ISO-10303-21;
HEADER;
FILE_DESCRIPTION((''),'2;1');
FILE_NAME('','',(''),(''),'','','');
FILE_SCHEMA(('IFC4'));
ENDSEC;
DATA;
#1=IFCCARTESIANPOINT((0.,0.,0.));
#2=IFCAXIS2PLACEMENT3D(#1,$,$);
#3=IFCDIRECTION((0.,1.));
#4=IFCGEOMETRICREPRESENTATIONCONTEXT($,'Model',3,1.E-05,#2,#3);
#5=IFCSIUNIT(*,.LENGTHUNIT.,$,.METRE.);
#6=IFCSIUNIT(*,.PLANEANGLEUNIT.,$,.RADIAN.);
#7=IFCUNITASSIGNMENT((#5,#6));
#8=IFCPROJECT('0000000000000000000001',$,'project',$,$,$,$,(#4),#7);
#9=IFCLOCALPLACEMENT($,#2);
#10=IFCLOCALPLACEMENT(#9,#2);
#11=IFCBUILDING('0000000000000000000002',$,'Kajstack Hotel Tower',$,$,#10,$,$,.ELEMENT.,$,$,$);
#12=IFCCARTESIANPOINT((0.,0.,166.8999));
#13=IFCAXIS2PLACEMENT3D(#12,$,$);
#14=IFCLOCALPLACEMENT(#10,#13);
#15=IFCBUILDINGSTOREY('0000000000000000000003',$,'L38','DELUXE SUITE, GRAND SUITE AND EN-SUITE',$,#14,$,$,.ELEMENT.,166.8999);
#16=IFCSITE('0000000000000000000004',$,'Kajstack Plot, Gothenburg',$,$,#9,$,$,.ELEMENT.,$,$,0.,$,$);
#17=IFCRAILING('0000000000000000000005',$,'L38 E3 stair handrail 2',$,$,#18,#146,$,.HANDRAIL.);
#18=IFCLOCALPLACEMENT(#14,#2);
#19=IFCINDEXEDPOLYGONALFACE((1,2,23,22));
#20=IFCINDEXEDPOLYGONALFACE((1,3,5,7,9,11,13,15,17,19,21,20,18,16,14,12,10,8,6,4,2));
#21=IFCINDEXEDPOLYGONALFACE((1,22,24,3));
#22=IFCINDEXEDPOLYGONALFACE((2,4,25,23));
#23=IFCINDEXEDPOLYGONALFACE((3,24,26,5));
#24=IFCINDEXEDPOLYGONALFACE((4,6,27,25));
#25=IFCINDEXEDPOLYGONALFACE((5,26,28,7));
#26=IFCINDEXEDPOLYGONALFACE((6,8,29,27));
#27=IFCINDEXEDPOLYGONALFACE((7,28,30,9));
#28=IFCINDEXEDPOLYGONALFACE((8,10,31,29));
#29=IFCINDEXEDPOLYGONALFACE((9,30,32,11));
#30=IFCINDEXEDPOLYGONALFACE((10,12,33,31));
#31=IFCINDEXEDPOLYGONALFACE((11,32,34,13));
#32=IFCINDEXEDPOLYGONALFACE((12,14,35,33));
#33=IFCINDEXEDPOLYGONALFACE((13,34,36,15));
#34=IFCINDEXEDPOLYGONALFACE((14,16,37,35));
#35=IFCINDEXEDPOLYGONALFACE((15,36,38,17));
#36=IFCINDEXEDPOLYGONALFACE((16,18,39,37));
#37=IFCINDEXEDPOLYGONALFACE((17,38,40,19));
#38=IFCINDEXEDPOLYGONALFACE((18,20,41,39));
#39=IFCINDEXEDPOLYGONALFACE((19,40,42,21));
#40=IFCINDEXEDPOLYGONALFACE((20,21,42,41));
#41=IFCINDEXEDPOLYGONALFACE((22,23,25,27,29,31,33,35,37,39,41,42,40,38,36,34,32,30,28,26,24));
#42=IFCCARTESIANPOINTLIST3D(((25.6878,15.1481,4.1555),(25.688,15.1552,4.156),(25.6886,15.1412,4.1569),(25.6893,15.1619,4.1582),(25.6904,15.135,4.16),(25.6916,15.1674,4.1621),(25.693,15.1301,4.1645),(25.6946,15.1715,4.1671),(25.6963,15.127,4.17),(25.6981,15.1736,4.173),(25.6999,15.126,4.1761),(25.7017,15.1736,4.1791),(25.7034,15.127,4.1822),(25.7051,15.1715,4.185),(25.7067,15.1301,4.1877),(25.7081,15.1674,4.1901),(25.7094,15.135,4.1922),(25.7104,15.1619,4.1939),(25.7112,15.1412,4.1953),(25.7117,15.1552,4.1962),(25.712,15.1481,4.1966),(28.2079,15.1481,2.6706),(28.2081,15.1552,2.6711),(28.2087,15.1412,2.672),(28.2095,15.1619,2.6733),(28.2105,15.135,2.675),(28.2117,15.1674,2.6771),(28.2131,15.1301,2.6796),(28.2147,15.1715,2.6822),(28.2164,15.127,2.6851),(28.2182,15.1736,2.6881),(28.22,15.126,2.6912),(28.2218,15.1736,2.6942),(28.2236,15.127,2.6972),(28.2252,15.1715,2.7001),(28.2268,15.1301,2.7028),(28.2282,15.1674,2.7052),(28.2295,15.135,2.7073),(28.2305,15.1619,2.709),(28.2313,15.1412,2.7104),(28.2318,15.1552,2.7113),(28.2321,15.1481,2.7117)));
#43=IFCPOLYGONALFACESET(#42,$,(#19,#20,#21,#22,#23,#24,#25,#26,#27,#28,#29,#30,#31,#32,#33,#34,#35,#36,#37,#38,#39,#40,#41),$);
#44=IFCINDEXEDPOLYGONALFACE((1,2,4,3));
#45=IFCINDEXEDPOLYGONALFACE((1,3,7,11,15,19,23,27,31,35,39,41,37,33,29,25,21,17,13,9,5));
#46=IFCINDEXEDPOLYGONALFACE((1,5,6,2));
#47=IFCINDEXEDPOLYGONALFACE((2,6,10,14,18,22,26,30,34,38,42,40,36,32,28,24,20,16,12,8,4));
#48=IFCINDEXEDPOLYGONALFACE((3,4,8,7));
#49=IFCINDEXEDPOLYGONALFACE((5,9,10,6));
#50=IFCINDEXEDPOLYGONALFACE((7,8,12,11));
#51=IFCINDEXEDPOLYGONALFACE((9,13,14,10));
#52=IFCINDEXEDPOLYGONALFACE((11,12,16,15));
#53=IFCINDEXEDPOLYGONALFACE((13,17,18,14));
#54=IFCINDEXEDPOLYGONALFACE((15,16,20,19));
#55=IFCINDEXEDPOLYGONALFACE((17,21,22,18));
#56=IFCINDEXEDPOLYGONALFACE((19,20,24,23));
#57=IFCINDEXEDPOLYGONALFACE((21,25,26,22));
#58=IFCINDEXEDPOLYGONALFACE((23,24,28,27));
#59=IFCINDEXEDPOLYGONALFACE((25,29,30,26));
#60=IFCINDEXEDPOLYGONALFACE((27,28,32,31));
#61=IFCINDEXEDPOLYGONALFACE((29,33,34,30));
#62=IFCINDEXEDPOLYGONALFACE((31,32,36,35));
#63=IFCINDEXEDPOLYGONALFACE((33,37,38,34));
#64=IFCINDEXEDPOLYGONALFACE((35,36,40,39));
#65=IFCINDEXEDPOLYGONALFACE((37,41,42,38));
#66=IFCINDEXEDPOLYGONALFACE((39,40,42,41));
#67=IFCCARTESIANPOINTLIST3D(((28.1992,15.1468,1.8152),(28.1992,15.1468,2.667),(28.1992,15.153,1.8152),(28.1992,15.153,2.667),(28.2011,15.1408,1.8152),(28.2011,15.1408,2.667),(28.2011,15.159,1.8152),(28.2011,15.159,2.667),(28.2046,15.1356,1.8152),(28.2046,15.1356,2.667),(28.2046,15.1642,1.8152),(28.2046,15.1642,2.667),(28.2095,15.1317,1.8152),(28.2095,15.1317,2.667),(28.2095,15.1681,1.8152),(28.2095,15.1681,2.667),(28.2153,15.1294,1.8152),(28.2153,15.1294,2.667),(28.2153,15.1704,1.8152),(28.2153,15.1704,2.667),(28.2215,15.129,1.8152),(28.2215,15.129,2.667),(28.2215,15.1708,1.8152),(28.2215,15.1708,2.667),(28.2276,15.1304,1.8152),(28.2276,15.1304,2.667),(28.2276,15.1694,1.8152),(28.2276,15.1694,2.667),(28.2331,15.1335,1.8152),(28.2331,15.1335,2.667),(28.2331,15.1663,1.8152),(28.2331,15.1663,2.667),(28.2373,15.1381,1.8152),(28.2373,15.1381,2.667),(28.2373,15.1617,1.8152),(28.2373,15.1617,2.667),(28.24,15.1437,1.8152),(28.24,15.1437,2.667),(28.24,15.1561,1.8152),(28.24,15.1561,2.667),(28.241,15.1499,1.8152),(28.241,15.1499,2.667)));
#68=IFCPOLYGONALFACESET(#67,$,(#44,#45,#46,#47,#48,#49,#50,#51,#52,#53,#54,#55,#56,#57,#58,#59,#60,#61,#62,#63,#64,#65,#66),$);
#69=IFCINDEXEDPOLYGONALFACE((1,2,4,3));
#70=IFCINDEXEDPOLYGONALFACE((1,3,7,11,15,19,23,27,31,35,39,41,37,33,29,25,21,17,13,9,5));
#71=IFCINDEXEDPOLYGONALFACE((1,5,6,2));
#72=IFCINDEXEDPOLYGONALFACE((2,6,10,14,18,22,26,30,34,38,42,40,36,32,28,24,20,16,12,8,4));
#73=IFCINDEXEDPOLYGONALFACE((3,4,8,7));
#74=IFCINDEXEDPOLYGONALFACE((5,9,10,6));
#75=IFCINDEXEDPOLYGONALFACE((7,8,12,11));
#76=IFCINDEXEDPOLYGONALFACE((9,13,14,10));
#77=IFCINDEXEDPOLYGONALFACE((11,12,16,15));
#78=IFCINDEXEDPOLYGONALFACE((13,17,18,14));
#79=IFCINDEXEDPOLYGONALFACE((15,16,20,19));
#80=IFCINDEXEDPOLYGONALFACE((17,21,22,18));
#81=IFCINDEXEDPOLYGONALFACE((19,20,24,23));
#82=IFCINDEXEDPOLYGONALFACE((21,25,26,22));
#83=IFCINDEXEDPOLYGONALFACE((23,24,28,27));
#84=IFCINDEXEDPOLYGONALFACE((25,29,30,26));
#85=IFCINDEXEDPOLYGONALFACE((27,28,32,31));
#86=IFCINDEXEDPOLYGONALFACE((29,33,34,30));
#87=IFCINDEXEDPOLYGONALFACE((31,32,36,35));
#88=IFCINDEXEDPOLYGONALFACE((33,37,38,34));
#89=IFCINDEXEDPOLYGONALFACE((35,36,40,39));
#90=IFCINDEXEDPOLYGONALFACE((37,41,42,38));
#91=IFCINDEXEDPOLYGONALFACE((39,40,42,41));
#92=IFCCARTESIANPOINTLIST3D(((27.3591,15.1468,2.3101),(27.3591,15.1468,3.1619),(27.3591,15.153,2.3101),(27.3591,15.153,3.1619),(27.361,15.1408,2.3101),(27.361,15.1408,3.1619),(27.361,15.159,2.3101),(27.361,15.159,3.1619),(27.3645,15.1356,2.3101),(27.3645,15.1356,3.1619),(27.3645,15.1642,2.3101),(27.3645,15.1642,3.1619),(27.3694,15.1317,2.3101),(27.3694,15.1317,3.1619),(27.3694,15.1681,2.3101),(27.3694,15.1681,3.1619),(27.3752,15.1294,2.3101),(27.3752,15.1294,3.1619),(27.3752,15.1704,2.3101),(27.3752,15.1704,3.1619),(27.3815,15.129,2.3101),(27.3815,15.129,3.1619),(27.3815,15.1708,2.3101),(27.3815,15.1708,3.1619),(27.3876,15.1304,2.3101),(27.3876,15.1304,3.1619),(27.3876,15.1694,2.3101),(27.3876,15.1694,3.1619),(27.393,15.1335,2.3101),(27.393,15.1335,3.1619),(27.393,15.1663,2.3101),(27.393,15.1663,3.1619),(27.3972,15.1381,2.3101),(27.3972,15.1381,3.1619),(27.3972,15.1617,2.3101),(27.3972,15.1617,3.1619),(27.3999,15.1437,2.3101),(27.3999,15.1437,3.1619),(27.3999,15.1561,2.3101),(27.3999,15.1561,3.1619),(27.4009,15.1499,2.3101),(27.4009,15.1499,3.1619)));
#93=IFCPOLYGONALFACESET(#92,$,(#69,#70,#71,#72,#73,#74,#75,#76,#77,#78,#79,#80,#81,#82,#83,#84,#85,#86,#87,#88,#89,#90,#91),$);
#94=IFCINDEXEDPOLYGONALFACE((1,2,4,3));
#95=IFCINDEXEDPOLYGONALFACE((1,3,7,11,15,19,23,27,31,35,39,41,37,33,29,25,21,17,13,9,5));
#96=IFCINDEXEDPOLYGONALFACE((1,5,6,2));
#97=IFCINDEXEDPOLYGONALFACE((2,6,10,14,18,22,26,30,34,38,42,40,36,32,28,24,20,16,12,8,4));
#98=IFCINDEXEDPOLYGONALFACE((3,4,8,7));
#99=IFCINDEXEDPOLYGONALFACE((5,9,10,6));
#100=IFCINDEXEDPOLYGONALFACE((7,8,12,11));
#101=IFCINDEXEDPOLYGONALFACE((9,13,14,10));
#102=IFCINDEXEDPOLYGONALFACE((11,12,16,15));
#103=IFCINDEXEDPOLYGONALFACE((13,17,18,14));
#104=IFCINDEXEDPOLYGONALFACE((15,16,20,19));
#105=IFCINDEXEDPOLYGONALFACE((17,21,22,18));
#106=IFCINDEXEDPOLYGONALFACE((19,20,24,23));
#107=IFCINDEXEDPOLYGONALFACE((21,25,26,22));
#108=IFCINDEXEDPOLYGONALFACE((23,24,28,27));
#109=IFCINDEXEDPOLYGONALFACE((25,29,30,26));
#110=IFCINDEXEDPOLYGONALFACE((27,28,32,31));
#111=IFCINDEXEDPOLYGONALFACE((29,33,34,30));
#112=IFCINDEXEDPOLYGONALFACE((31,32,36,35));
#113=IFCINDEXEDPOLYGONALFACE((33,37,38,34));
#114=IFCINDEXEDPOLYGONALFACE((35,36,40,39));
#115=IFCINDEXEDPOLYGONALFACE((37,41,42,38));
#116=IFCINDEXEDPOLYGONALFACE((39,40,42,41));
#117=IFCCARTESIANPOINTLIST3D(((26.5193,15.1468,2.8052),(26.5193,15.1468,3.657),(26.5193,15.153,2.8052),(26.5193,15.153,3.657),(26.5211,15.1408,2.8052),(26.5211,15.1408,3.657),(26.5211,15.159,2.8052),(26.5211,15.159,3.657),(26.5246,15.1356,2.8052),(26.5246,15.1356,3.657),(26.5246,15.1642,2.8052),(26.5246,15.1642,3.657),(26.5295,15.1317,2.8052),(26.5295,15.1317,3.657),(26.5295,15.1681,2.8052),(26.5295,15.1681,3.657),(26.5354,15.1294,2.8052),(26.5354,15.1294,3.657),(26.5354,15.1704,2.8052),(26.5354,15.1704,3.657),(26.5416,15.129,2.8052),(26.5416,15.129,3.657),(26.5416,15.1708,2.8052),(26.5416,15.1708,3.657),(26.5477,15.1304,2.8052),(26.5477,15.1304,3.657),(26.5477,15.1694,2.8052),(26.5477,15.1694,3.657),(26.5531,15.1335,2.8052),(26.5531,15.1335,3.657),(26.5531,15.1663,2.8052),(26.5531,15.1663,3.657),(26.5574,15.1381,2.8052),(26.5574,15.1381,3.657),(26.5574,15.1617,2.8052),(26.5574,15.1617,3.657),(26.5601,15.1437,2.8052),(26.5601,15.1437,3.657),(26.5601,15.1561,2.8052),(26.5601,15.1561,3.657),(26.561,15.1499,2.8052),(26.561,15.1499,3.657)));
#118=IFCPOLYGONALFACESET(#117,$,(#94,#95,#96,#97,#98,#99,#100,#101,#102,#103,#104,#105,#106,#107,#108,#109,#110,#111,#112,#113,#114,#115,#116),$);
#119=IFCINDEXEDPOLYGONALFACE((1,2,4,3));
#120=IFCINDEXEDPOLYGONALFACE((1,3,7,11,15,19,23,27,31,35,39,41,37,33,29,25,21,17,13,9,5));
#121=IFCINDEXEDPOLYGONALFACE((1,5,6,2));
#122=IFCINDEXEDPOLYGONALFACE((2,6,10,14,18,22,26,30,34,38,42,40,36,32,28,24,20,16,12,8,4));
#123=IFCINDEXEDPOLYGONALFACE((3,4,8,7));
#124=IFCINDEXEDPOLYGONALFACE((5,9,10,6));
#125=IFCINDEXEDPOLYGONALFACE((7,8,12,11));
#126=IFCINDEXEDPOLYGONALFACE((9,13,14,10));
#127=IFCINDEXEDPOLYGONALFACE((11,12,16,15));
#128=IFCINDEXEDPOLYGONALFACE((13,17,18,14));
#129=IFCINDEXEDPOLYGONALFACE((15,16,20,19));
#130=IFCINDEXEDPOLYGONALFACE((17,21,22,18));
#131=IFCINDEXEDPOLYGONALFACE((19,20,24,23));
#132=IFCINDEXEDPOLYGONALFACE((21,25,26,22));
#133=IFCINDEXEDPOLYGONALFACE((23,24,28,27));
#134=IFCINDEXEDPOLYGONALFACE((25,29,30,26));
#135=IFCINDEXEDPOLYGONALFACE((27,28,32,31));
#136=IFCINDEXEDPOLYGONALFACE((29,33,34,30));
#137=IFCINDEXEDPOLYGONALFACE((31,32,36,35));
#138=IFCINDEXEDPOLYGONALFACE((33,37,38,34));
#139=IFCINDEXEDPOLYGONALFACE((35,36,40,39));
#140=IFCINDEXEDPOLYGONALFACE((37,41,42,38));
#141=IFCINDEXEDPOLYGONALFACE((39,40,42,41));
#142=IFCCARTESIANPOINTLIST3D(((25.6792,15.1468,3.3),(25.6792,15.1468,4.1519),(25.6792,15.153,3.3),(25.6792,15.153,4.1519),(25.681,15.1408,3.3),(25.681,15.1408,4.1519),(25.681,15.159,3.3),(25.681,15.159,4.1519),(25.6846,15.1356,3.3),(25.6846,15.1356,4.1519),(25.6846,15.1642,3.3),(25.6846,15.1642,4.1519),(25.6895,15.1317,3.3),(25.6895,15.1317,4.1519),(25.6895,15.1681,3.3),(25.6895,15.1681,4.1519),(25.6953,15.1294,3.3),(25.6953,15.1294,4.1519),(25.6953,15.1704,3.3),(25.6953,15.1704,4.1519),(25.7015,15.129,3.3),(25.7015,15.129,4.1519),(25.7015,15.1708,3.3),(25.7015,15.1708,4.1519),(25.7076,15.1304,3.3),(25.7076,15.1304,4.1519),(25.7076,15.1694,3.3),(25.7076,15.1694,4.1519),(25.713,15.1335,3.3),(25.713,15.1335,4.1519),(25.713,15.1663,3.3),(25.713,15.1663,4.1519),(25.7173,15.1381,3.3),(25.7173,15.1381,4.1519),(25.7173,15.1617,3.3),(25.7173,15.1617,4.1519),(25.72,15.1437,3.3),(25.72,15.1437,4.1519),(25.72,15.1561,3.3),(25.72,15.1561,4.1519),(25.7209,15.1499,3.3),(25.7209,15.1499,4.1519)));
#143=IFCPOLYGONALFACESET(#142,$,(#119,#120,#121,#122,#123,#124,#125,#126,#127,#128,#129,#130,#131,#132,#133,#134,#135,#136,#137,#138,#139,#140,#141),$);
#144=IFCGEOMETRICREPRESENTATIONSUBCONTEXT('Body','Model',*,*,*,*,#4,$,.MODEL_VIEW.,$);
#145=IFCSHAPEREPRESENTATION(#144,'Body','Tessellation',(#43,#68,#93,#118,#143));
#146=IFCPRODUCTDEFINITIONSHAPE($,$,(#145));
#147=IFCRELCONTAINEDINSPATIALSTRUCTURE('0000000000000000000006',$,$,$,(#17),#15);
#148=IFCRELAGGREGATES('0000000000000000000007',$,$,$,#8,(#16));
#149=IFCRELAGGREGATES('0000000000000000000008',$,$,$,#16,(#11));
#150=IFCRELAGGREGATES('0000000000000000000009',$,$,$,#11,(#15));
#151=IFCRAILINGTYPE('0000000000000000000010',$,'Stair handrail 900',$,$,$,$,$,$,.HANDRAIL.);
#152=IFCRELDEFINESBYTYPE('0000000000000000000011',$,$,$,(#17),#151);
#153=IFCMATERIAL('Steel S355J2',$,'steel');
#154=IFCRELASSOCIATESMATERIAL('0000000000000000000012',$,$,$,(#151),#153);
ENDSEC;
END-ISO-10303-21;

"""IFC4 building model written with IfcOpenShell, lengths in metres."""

from ifc_helpers import new_model, si_unit, direction, frame, origin, origin_2d, place, context, subcontext, project, spatial, circle, extrude, material, type_object, element, save


model = new_model("IFC4")

# Units and contexts
model_context = context("Model", 3, precision=1e-05, world=origin(), true_north=direction((0.0, 1.0)))
body_context = subcontext(model_context, "Body", "Model", "MODEL_VIEW")
ifc_project = project(units=[si_unit("LENGTHUNIT", "METRE"), si_unit("PLANEANGLEUNIT", "RADIAN")], contexts=[model_context])

# Site, building, storey
site_placement = place(None, origin())
site = spatial("IfcSite", under=ifc_project, at=site_placement, Name="Kajstack Plot, Gothenburg", CompositionType="ELEMENT", RefElevation=0.0)
building_placement = place(site_placement, origin())
building = spatial("IfcBuilding", under=site, at=building_placement, Name="Kajstack Hotel Tower", CompositionType="ELEMENT")
storey_placement = place(building_placement, frame((0.0, 0.0, 166.8999)))
storey = spatial("IfcBuildingStorey", under=building, at=storey_placement, Name="L38", Description="DELUXE SUITE, GRAND SUITE AND EN-SUITE", CompositionType="ELEMENT", Elevation=166.8999)

# Railing
ifc_material_1 = material(Name="Steel S355J2", Category="steel")
railing_type_1 = type_object("IfcRailingType", Name="Stair handrail 900", PredefinedType="HANDRAIL", material=ifc_material_1)
railing_1_placement = place(storey_placement, frame((28.22, 15.1499, 1.8152)))
element("IfcRailing", 1, at=railing_1_placement, inside=storey, type_object=railing_type_1, Name="L38 E3 stair handrail 2", PredefinedType="HANDRAIL", context=body_context, shape_type="SweptSolid", body=[
    extrude(circle(Radius=0.0239, at=origin_2d()), frame((0.0, 0.0, 0.876), z_axis=(-0.861561, 0.0, 0.507655), x_axis=(0.0, -1.0, 0.0)), (0.0, 0.0, 1.0), 2.925),
    extrude(circle(Radius=0.021, at=origin_2d()), origin(), (0.0, 0.0, 1.0), 0.8518),
    extrude(circle(Radius=0.021, at=origin_2d()), frame((-0.8401, 0.0, 0.4949)), (0.0, 0.0, 1.0), 0.8518),
    extrude(circle(Radius=0.021, at=origin_2d()), frame((-1.6799, 0.0, 0.99)), (0.0, 0.0, 1.0), 0.8518),
    extrude(circle(Radius=0.021, at=origin_2d()), frame((-2.52, 0.0, 1.4849)), (0.0, 0.0, 1.0), 0.8518),
])

save(model, "model.ifc")
